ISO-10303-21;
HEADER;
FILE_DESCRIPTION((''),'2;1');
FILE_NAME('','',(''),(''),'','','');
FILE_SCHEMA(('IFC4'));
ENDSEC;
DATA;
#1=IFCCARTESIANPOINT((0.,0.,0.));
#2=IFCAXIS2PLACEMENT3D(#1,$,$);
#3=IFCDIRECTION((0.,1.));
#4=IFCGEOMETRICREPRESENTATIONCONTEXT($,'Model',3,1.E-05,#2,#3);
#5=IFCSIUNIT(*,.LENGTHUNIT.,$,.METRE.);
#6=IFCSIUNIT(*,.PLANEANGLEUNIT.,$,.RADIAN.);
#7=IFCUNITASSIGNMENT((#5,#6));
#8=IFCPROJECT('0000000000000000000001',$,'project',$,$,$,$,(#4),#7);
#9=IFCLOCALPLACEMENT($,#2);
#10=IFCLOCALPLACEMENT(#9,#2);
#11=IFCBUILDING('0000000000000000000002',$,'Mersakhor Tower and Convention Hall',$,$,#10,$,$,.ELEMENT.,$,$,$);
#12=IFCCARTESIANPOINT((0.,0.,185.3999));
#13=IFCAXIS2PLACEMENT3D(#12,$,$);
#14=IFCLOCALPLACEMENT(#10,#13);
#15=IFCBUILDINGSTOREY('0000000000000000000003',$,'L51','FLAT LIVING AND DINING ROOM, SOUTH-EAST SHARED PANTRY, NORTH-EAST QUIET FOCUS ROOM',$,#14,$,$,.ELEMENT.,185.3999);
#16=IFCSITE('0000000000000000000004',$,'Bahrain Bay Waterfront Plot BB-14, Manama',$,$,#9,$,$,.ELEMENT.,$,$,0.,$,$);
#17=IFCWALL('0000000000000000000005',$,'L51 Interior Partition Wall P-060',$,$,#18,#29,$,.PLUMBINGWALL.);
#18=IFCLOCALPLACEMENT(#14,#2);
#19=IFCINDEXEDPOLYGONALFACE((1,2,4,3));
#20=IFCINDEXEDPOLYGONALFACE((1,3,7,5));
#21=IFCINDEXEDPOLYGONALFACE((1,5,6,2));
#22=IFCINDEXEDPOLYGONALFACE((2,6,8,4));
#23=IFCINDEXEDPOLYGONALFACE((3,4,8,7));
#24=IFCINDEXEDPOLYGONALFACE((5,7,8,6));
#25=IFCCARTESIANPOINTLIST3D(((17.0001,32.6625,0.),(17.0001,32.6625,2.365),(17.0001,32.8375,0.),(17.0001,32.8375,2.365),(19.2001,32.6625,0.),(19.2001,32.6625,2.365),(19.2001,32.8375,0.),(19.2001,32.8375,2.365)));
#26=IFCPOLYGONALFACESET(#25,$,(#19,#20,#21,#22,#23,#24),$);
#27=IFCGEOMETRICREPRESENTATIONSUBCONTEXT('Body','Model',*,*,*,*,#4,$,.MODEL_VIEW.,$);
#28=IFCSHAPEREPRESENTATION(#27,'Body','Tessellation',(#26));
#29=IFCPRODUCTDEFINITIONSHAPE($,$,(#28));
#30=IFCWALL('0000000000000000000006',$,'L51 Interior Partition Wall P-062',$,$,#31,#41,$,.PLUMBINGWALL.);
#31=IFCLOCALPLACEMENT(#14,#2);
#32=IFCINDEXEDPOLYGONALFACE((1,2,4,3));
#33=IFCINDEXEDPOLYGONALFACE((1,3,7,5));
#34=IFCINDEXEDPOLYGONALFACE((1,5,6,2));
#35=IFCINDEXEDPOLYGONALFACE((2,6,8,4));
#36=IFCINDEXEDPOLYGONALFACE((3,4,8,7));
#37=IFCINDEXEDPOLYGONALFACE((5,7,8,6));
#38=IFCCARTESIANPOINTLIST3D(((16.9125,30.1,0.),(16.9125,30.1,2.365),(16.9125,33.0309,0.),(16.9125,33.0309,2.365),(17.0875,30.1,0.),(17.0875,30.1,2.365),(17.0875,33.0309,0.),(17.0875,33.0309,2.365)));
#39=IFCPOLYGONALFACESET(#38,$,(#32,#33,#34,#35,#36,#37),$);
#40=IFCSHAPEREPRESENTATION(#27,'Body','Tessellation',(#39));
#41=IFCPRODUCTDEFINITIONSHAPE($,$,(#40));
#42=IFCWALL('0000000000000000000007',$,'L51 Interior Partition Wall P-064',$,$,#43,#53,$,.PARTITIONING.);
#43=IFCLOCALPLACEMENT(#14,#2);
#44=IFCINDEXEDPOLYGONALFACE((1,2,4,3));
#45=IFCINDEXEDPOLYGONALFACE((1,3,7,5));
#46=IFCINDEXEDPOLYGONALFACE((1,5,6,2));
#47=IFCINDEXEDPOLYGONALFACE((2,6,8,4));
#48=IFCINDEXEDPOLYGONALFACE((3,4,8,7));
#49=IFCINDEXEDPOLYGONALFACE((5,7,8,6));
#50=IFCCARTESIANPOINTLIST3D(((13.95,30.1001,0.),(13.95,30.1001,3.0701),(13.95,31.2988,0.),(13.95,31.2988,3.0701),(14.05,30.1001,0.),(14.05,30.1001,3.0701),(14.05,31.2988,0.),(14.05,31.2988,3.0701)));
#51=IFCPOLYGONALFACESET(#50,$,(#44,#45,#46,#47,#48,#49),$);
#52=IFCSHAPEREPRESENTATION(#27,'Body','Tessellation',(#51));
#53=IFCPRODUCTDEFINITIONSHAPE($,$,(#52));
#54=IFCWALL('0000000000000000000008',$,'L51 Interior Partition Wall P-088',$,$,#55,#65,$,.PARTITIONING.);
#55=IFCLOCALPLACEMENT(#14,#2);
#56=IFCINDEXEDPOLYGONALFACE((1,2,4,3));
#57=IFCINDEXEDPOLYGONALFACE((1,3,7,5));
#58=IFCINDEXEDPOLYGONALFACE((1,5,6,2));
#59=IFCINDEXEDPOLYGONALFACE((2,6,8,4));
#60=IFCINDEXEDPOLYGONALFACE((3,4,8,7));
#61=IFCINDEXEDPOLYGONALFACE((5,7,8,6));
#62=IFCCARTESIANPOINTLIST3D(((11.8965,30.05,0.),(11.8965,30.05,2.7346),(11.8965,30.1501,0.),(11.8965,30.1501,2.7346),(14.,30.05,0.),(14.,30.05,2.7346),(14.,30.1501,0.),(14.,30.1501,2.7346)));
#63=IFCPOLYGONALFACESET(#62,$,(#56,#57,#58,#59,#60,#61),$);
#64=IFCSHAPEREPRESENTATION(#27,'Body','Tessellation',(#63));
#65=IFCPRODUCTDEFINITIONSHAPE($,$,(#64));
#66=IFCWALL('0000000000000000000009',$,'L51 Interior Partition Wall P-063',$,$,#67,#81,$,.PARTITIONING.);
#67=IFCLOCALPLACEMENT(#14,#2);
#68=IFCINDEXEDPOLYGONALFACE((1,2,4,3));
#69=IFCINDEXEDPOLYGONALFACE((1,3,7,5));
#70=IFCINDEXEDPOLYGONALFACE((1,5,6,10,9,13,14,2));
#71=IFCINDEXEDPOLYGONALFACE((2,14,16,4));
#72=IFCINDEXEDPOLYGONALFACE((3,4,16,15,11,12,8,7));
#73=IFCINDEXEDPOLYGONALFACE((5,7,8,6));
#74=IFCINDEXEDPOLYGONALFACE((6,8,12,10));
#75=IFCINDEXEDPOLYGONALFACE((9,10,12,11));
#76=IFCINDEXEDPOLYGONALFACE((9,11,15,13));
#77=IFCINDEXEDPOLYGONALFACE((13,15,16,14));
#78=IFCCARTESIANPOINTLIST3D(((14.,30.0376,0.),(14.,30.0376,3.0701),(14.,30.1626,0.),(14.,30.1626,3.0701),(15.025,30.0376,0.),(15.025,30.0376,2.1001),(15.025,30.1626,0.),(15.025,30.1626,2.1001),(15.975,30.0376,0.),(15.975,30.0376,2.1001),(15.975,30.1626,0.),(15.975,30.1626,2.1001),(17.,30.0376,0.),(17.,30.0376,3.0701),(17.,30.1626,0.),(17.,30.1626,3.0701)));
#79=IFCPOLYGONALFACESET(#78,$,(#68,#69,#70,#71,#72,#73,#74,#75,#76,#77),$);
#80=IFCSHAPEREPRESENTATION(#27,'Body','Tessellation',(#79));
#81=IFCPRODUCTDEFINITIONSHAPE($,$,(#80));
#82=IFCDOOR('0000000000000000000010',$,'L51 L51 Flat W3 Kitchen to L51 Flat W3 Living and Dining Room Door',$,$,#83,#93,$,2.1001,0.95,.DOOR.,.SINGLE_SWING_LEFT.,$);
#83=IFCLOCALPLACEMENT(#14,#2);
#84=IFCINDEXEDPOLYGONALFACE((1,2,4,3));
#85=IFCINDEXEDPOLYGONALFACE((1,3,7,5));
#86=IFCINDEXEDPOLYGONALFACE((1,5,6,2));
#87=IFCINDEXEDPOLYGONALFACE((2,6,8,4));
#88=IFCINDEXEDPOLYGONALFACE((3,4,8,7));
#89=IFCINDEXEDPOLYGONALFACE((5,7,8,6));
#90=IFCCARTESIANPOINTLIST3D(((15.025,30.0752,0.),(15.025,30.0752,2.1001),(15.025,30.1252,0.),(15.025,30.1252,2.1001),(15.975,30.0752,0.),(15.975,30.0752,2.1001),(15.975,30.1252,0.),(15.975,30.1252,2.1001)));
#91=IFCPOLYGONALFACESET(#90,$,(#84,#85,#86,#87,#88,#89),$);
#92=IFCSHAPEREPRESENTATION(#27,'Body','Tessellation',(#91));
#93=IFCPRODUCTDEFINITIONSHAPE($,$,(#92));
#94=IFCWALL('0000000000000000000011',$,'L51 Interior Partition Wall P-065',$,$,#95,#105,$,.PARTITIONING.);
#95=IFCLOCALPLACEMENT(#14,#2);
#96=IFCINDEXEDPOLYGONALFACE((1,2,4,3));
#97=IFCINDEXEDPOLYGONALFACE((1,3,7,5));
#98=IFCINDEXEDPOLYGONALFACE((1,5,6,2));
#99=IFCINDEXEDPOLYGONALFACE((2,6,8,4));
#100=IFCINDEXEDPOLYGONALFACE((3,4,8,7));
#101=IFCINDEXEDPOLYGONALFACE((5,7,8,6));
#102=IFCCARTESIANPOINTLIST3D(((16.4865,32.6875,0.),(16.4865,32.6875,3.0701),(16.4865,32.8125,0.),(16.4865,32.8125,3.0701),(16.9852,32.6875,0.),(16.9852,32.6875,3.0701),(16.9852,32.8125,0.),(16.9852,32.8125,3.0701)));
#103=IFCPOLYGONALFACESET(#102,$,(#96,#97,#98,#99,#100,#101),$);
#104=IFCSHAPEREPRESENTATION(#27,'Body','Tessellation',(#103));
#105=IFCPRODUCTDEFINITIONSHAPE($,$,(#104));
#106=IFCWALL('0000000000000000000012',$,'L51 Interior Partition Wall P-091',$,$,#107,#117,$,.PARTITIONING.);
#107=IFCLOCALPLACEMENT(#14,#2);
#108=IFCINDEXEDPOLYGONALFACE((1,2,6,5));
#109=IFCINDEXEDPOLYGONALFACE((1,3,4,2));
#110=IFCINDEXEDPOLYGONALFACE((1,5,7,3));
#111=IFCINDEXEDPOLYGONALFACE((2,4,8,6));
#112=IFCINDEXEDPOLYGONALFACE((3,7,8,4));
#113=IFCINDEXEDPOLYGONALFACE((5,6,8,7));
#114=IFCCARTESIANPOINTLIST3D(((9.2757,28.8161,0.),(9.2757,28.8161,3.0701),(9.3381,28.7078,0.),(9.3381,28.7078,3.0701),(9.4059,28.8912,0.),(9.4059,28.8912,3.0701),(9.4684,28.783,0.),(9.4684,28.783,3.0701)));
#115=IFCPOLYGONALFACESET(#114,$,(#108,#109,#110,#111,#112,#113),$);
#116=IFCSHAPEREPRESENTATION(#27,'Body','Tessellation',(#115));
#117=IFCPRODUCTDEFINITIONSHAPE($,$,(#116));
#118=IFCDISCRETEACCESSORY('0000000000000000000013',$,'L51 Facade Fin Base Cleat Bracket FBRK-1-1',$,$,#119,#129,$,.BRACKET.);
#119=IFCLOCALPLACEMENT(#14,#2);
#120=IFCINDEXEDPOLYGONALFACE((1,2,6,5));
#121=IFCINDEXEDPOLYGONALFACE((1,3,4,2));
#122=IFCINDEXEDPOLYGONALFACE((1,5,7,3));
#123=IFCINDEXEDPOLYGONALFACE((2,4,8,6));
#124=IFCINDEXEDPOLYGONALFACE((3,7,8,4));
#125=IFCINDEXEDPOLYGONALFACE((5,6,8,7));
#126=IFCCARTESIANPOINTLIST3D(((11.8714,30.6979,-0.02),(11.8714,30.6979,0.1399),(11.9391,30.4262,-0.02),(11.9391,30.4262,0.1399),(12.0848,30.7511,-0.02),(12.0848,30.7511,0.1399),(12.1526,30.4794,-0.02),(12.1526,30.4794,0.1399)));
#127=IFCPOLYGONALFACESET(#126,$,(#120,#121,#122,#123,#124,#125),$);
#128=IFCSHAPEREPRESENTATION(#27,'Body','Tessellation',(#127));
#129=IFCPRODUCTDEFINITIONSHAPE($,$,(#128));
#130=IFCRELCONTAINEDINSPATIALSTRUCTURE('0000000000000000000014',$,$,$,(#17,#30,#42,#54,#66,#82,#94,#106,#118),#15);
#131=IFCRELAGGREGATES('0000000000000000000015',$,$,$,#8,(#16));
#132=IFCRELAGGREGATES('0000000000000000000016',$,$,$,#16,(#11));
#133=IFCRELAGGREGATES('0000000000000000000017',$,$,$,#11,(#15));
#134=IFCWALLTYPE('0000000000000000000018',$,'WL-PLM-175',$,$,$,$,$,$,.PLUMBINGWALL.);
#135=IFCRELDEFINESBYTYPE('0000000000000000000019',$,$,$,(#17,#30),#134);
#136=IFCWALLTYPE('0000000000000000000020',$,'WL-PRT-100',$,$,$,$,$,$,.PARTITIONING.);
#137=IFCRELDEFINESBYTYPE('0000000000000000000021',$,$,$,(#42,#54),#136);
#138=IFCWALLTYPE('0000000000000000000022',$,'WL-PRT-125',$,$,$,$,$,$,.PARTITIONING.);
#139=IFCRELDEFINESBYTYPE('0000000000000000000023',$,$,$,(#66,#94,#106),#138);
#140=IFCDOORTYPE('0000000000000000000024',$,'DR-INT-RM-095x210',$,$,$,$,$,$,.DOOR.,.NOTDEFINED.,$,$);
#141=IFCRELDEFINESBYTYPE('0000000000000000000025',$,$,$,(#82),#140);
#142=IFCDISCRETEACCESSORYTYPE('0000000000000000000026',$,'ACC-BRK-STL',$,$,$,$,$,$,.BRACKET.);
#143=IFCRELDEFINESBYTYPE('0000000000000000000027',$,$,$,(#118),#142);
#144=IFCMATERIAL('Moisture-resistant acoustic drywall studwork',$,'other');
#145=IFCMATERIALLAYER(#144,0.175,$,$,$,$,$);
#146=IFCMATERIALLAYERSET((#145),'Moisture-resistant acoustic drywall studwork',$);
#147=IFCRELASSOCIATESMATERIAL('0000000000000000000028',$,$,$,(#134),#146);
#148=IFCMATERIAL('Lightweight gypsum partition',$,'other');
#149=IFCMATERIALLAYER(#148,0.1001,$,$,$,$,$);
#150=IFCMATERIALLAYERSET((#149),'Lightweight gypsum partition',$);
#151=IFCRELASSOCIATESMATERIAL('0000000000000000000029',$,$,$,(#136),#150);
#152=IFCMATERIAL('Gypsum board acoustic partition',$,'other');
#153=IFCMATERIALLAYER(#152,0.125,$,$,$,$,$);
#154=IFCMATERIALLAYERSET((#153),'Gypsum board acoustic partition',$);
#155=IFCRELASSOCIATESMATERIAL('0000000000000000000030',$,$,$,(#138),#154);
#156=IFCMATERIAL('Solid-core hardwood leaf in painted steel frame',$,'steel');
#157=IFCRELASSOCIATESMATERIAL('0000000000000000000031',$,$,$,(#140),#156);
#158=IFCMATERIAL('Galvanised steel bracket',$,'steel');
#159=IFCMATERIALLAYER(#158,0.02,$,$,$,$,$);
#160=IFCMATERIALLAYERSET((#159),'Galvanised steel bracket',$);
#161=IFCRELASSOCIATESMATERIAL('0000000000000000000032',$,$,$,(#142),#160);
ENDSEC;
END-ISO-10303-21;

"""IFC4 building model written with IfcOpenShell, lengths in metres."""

from ifc_helpers import new_model, si_unit, direction, frame, frame_2d, origin, origin_2d, place, context, subcontext, project, spatial, rectangle, extrude, material, layer, layer_set, type_object, element, fill, save


model = new_model("IFC4")

# Units and contexts
model_context = context("Model", 3, precision=1e-05, world=origin(), true_north=direction((0.0, 1.0)))
body_context = subcontext(model_context, "Body", "Model", "MODEL_VIEW")
ifc_project = project(units=[si_unit("LENGTHUNIT", "METRE"), si_unit("PLANEANGLEUNIT", "RADIAN")], contexts=[model_context])

# Site, building, storey
site_placement = place(None, origin())
site = spatial("IfcSite", under=ifc_project, at=site_placement, Name="Bahrain Bay Waterfront Plot BB-14, Manama", CompositionType="ELEMENT", RefElevation=0.0)
building_placement = place(site_placement, origin())
building = spatial("IfcBuilding", under=site, at=building_placement, Name="Mersakhor Tower and Convention Hall", CompositionType="ELEMENT")
storey_placement = place(building_placement, frame((0.0, 0.0, 185.3999)))
storey = spatial("IfcBuildingStorey", under=building, at=storey_placement, Name="L51", Description="FLAT LIVING AND DINING ROOM, SOUTH-EAST SHARED PANTRY, NORTH-EAST QUIET FOCUS ROOM", CompositionType="ELEMENT", Elevation=185.3999)

# Walls
ifc_material_1 = material(Name="Moisture-resistant acoustic drywall studwork", Category="other")
ifc_layer_1 = layer(ifc_material_1, 0.175)
ifc_layer_set_1 = layer_set([ifc_layer_1], Name="Moisture-resistant acoustic drywall studwork")
wall_type_1 = type_object("IfcWallType", Name="WL-PLM-175", PredefinedType="PLUMBINGWALL", material=ifc_layer_set_1)
wall_1_placement = place(storey_placement, frame((17.0, 32.75, 0.0), z_axis=(0.0, 0.0, 1.0), x_axis=(1.0, 0.0, 0.0)))
element("IfcWall", 1, at=wall_1_placement, inside=storey, type_object=wall_type_1, Name="L51 Interior Partition Wall P-060", PredefinedType="PLUMBINGWALL", context=body_context, shape_type="SweptSolid", body=[
    extrude(rectangle(XDim=2.2, YDim=0.175, at=frame_2d((1.1001, 0.0))), origin(), (0.0, 0.0, 1.0), 2.365),
])
wall_2_placement = place(storey_placement, frame((17.0, 30.1001, 0.0), z_axis=(0.0, 0.0, 1.0), x_axis=(0.0, 1.0, 0.0)))
element("IfcWall", 2, at=wall_2_placement, inside=storey, type_object=wall_type_1, Name="L51 Interior Partition Wall P-062", PredefinedType="PLUMBINGWALL", context=body_context, shape_type="SweptSolid", body=[
    extrude(rectangle(XDim=2.9309, YDim=0.175, at=frame_2d((1.4653, 0.0))), origin(), (0.0, 0.0, 1.0), 2.365),
])
ifc_material_2 = material(Name="Lightweight gypsum partition", Category="other")
ifc_layer_2 = layer(ifc_material_2, 0.1001)
ifc_layer_set_2 = layer_set([ifc_layer_2], Name="Lightweight gypsum partition")
wall_type_2 = type_object("IfcWallType", Name="WL-PRT-100", PredefinedType="PARTITIONING", material=ifc_layer_set_2)
wall_3_placement = place(storey_placement, frame((14.0, 30.1001, 0.0), z_axis=(0.0, 0.0, 1.0), x_axis=(0.0, 1.0, 0.0)))
element("IfcWall", 3, at=wall_3_placement, inside=storey, type_object=wall_type_2, Name="L51 Interior Partition Wall P-064", PredefinedType="PARTITIONING", context=body_context, shape_type="SweptSolid", body=[
    extrude(rectangle(XDim=1.1987, YDim=0.1001, at=frame_2d((0.5994, 0.0))), origin(), (0.0, 0.0, 1.0), 3.0701),
])
wall_4_placement = place(storey_placement, frame((11.8965, 30.1001, 0.0), z_axis=(0.0, 0.0, 1.0), x_axis=(1.0, 0.0, 0.0)))
element("IfcWall", 4, at=wall_4_placement, inside=storey, type_object=wall_type_2, Name="L51 Interior Partition Wall P-088", PredefinedType="PARTITIONING", context=body_context, shape_type="SweptSolid", body=[
    extrude(rectangle(XDim=2.1035, YDim=0.1001, at=frame_2d((1.0518, 0.0))), origin(), (0.0, 0.0, 1.0), 2.7346),
])

# Wall, opening, door
ifc_material_3 = material(Name="Gypsum board acoustic partition", Category="other")
ifc_layer_3 = layer(ifc_material_3, 0.125)
ifc_layer_set_3 = layer_set([ifc_layer_3], Name="Gypsum board acoustic partition")
wall_type_3 = type_object("IfcWallType", Name="WL-PRT-125", PredefinedType="PARTITIONING", material=ifc_layer_set_3)
wall_5_placement = place(storey_placement, frame((17.0, 30.1001, 0.0), z_axis=(0.0, 0.0, 1.0), x_axis=(-1.0, 0.0, 0.0)))
wall_5 = element("IfcWall", 5, at=wall_5_placement, inside=storey, type_object=wall_type_3, Name="L51 Interior Partition Wall P-063", PredefinedType="PARTITIONING", context=body_context, shape_type="SweptSolid", body=[
    extrude(rectangle(XDim=3.0, YDim=0.125, at=frame_2d((1.5, 0.0))), origin(), (0.0, 0.0, 1.0), 3.0701),
])
opening_placement = place(wall_5_placement, frame((1.0249, 0.0, 0.0)))
opening = element("IfcOpeningElement", 6, at=opening_placement, cuts=wall_5, PredefinedType="OPENING", context=body_context, shape_type="SweptSolid", body=[
    extrude(rectangle(XDim=0.95, YDim=2.1001, at=frame_2d((0.4751, 1.05))), frame((0.0, 0.0725, 0.0), z_axis=(0.0, -1.0, 0.0), x_axis=(1.0, 0.0, 0.0)), (0.0, 0.0, 1.0), 0.145),
])
ifc_material_4 = material(Name="Solid-core hardwood leaf in painted steel frame", Category="steel")
door_type = type_object("IfcDoorType", Name="DR-INT-RM-095x210", OperationType="NOTDEFINED", PredefinedType="DOOR", material=ifc_material_4)
door_placement = place(opening_placement, origin())
door = element("IfcDoor", 7, at=door_placement, inside=storey, type_object=door_type, Name="L51 L51 Flat W3 Kitchen to L51 Flat W3 Living and Dining Room Door", OperationType="SINGLE_SWING_LEFT", OverallHeight=2.1001, OverallWidth=0.95, PredefinedType="DOOR", context=body_context, shape_type="SweptSolid", body=[
    extrude(rectangle(XDim=0.95, YDim=2.1001, at=frame_2d((0.4751, 1.05))), frame((0.0, 0.0249, 0.0), z_axis=(0.0, -1.0, 0.0), x_axis=(1.0, 0.0, 0.0)), (0.0, 0.0, 1.0), 0.05),
])
fill(opening, door)

# Walls
wall_6_placement = place(storey_placement, frame((16.4863, 32.75, 0.0), z_axis=(0.0, 0.0, 1.0), x_axis=(1.0, 0.0, 0.0)))
element("IfcWall", 8, at=wall_6_placement, inside=storey, type_object=wall_type_3, Name="L51 Interior Partition Wall P-065", PredefinedType="PARTITIONING", context=body_context, shape_type="SweptSolid", body=[
    extrude(rectangle(XDim=0.4988, YDim=0.125, at=frame_2d((0.2495, 0.0))), origin(), (0.0, 0.0, 1.0), 3.0701),
])
wall_7_placement = place(storey_placement, frame((9.3069, 28.762, 0.0), z_axis=(0.0, 0.0, 1.0), x_axis=(0.86624, 0.499629, 0.0)))
element("IfcWall", 9, at=wall_7_placement, inside=storey, type_object=wall_type_3, Name="L51 Interior Partition Wall P-091", PredefinedType="PARTITIONING", context=body_context, shape_type="SweptSolid", body=[
    extrude(rectangle(XDim=0.1504, YDim=0.125, at=frame_2d((0.0752, 0.0))), origin(), (0.0, 0.0, 1.0), 3.0701),
])

# Discrete accessory
ifc_material_5 = material(Name="Galvanised steel bracket", Category="steel")
ifc_layer_4 = layer(ifc_material_5, 0.02)
ifc_layer_set_4 = layer_set([ifc_layer_4], Name="Galvanised steel bracket")
discrete_accessory_type = type_object("IfcDiscreteAccessoryType", Name="ACC-BRK-STL", PredefinedType="BRACKET", material=ifc_layer_set_4)
discrete_accessory_placement = place(storey_placement, frame((12.012, 30.5886, -0.02), z_axis=(0.0, 0.0, 1.0), x_axis=(-0.241922, 0.970296, 0.0)))
element("IfcDiscreteAccessory", 10, at=discrete_accessory_placement, inside=storey, type_object=discrete_accessory_type, Name="L51 Facade Fin Base Cleat Bracket FBRK-1-1", PredefinedType="BRACKET", context=body_context, shape_type="SweptSolid", body=[
    extrude(rectangle(XDim=0.28, YDim=0.22, at=origin_2d()), origin(), (0.0, 0.0, 1.0), 0.1599),
])

save(model, "model.ifc")
